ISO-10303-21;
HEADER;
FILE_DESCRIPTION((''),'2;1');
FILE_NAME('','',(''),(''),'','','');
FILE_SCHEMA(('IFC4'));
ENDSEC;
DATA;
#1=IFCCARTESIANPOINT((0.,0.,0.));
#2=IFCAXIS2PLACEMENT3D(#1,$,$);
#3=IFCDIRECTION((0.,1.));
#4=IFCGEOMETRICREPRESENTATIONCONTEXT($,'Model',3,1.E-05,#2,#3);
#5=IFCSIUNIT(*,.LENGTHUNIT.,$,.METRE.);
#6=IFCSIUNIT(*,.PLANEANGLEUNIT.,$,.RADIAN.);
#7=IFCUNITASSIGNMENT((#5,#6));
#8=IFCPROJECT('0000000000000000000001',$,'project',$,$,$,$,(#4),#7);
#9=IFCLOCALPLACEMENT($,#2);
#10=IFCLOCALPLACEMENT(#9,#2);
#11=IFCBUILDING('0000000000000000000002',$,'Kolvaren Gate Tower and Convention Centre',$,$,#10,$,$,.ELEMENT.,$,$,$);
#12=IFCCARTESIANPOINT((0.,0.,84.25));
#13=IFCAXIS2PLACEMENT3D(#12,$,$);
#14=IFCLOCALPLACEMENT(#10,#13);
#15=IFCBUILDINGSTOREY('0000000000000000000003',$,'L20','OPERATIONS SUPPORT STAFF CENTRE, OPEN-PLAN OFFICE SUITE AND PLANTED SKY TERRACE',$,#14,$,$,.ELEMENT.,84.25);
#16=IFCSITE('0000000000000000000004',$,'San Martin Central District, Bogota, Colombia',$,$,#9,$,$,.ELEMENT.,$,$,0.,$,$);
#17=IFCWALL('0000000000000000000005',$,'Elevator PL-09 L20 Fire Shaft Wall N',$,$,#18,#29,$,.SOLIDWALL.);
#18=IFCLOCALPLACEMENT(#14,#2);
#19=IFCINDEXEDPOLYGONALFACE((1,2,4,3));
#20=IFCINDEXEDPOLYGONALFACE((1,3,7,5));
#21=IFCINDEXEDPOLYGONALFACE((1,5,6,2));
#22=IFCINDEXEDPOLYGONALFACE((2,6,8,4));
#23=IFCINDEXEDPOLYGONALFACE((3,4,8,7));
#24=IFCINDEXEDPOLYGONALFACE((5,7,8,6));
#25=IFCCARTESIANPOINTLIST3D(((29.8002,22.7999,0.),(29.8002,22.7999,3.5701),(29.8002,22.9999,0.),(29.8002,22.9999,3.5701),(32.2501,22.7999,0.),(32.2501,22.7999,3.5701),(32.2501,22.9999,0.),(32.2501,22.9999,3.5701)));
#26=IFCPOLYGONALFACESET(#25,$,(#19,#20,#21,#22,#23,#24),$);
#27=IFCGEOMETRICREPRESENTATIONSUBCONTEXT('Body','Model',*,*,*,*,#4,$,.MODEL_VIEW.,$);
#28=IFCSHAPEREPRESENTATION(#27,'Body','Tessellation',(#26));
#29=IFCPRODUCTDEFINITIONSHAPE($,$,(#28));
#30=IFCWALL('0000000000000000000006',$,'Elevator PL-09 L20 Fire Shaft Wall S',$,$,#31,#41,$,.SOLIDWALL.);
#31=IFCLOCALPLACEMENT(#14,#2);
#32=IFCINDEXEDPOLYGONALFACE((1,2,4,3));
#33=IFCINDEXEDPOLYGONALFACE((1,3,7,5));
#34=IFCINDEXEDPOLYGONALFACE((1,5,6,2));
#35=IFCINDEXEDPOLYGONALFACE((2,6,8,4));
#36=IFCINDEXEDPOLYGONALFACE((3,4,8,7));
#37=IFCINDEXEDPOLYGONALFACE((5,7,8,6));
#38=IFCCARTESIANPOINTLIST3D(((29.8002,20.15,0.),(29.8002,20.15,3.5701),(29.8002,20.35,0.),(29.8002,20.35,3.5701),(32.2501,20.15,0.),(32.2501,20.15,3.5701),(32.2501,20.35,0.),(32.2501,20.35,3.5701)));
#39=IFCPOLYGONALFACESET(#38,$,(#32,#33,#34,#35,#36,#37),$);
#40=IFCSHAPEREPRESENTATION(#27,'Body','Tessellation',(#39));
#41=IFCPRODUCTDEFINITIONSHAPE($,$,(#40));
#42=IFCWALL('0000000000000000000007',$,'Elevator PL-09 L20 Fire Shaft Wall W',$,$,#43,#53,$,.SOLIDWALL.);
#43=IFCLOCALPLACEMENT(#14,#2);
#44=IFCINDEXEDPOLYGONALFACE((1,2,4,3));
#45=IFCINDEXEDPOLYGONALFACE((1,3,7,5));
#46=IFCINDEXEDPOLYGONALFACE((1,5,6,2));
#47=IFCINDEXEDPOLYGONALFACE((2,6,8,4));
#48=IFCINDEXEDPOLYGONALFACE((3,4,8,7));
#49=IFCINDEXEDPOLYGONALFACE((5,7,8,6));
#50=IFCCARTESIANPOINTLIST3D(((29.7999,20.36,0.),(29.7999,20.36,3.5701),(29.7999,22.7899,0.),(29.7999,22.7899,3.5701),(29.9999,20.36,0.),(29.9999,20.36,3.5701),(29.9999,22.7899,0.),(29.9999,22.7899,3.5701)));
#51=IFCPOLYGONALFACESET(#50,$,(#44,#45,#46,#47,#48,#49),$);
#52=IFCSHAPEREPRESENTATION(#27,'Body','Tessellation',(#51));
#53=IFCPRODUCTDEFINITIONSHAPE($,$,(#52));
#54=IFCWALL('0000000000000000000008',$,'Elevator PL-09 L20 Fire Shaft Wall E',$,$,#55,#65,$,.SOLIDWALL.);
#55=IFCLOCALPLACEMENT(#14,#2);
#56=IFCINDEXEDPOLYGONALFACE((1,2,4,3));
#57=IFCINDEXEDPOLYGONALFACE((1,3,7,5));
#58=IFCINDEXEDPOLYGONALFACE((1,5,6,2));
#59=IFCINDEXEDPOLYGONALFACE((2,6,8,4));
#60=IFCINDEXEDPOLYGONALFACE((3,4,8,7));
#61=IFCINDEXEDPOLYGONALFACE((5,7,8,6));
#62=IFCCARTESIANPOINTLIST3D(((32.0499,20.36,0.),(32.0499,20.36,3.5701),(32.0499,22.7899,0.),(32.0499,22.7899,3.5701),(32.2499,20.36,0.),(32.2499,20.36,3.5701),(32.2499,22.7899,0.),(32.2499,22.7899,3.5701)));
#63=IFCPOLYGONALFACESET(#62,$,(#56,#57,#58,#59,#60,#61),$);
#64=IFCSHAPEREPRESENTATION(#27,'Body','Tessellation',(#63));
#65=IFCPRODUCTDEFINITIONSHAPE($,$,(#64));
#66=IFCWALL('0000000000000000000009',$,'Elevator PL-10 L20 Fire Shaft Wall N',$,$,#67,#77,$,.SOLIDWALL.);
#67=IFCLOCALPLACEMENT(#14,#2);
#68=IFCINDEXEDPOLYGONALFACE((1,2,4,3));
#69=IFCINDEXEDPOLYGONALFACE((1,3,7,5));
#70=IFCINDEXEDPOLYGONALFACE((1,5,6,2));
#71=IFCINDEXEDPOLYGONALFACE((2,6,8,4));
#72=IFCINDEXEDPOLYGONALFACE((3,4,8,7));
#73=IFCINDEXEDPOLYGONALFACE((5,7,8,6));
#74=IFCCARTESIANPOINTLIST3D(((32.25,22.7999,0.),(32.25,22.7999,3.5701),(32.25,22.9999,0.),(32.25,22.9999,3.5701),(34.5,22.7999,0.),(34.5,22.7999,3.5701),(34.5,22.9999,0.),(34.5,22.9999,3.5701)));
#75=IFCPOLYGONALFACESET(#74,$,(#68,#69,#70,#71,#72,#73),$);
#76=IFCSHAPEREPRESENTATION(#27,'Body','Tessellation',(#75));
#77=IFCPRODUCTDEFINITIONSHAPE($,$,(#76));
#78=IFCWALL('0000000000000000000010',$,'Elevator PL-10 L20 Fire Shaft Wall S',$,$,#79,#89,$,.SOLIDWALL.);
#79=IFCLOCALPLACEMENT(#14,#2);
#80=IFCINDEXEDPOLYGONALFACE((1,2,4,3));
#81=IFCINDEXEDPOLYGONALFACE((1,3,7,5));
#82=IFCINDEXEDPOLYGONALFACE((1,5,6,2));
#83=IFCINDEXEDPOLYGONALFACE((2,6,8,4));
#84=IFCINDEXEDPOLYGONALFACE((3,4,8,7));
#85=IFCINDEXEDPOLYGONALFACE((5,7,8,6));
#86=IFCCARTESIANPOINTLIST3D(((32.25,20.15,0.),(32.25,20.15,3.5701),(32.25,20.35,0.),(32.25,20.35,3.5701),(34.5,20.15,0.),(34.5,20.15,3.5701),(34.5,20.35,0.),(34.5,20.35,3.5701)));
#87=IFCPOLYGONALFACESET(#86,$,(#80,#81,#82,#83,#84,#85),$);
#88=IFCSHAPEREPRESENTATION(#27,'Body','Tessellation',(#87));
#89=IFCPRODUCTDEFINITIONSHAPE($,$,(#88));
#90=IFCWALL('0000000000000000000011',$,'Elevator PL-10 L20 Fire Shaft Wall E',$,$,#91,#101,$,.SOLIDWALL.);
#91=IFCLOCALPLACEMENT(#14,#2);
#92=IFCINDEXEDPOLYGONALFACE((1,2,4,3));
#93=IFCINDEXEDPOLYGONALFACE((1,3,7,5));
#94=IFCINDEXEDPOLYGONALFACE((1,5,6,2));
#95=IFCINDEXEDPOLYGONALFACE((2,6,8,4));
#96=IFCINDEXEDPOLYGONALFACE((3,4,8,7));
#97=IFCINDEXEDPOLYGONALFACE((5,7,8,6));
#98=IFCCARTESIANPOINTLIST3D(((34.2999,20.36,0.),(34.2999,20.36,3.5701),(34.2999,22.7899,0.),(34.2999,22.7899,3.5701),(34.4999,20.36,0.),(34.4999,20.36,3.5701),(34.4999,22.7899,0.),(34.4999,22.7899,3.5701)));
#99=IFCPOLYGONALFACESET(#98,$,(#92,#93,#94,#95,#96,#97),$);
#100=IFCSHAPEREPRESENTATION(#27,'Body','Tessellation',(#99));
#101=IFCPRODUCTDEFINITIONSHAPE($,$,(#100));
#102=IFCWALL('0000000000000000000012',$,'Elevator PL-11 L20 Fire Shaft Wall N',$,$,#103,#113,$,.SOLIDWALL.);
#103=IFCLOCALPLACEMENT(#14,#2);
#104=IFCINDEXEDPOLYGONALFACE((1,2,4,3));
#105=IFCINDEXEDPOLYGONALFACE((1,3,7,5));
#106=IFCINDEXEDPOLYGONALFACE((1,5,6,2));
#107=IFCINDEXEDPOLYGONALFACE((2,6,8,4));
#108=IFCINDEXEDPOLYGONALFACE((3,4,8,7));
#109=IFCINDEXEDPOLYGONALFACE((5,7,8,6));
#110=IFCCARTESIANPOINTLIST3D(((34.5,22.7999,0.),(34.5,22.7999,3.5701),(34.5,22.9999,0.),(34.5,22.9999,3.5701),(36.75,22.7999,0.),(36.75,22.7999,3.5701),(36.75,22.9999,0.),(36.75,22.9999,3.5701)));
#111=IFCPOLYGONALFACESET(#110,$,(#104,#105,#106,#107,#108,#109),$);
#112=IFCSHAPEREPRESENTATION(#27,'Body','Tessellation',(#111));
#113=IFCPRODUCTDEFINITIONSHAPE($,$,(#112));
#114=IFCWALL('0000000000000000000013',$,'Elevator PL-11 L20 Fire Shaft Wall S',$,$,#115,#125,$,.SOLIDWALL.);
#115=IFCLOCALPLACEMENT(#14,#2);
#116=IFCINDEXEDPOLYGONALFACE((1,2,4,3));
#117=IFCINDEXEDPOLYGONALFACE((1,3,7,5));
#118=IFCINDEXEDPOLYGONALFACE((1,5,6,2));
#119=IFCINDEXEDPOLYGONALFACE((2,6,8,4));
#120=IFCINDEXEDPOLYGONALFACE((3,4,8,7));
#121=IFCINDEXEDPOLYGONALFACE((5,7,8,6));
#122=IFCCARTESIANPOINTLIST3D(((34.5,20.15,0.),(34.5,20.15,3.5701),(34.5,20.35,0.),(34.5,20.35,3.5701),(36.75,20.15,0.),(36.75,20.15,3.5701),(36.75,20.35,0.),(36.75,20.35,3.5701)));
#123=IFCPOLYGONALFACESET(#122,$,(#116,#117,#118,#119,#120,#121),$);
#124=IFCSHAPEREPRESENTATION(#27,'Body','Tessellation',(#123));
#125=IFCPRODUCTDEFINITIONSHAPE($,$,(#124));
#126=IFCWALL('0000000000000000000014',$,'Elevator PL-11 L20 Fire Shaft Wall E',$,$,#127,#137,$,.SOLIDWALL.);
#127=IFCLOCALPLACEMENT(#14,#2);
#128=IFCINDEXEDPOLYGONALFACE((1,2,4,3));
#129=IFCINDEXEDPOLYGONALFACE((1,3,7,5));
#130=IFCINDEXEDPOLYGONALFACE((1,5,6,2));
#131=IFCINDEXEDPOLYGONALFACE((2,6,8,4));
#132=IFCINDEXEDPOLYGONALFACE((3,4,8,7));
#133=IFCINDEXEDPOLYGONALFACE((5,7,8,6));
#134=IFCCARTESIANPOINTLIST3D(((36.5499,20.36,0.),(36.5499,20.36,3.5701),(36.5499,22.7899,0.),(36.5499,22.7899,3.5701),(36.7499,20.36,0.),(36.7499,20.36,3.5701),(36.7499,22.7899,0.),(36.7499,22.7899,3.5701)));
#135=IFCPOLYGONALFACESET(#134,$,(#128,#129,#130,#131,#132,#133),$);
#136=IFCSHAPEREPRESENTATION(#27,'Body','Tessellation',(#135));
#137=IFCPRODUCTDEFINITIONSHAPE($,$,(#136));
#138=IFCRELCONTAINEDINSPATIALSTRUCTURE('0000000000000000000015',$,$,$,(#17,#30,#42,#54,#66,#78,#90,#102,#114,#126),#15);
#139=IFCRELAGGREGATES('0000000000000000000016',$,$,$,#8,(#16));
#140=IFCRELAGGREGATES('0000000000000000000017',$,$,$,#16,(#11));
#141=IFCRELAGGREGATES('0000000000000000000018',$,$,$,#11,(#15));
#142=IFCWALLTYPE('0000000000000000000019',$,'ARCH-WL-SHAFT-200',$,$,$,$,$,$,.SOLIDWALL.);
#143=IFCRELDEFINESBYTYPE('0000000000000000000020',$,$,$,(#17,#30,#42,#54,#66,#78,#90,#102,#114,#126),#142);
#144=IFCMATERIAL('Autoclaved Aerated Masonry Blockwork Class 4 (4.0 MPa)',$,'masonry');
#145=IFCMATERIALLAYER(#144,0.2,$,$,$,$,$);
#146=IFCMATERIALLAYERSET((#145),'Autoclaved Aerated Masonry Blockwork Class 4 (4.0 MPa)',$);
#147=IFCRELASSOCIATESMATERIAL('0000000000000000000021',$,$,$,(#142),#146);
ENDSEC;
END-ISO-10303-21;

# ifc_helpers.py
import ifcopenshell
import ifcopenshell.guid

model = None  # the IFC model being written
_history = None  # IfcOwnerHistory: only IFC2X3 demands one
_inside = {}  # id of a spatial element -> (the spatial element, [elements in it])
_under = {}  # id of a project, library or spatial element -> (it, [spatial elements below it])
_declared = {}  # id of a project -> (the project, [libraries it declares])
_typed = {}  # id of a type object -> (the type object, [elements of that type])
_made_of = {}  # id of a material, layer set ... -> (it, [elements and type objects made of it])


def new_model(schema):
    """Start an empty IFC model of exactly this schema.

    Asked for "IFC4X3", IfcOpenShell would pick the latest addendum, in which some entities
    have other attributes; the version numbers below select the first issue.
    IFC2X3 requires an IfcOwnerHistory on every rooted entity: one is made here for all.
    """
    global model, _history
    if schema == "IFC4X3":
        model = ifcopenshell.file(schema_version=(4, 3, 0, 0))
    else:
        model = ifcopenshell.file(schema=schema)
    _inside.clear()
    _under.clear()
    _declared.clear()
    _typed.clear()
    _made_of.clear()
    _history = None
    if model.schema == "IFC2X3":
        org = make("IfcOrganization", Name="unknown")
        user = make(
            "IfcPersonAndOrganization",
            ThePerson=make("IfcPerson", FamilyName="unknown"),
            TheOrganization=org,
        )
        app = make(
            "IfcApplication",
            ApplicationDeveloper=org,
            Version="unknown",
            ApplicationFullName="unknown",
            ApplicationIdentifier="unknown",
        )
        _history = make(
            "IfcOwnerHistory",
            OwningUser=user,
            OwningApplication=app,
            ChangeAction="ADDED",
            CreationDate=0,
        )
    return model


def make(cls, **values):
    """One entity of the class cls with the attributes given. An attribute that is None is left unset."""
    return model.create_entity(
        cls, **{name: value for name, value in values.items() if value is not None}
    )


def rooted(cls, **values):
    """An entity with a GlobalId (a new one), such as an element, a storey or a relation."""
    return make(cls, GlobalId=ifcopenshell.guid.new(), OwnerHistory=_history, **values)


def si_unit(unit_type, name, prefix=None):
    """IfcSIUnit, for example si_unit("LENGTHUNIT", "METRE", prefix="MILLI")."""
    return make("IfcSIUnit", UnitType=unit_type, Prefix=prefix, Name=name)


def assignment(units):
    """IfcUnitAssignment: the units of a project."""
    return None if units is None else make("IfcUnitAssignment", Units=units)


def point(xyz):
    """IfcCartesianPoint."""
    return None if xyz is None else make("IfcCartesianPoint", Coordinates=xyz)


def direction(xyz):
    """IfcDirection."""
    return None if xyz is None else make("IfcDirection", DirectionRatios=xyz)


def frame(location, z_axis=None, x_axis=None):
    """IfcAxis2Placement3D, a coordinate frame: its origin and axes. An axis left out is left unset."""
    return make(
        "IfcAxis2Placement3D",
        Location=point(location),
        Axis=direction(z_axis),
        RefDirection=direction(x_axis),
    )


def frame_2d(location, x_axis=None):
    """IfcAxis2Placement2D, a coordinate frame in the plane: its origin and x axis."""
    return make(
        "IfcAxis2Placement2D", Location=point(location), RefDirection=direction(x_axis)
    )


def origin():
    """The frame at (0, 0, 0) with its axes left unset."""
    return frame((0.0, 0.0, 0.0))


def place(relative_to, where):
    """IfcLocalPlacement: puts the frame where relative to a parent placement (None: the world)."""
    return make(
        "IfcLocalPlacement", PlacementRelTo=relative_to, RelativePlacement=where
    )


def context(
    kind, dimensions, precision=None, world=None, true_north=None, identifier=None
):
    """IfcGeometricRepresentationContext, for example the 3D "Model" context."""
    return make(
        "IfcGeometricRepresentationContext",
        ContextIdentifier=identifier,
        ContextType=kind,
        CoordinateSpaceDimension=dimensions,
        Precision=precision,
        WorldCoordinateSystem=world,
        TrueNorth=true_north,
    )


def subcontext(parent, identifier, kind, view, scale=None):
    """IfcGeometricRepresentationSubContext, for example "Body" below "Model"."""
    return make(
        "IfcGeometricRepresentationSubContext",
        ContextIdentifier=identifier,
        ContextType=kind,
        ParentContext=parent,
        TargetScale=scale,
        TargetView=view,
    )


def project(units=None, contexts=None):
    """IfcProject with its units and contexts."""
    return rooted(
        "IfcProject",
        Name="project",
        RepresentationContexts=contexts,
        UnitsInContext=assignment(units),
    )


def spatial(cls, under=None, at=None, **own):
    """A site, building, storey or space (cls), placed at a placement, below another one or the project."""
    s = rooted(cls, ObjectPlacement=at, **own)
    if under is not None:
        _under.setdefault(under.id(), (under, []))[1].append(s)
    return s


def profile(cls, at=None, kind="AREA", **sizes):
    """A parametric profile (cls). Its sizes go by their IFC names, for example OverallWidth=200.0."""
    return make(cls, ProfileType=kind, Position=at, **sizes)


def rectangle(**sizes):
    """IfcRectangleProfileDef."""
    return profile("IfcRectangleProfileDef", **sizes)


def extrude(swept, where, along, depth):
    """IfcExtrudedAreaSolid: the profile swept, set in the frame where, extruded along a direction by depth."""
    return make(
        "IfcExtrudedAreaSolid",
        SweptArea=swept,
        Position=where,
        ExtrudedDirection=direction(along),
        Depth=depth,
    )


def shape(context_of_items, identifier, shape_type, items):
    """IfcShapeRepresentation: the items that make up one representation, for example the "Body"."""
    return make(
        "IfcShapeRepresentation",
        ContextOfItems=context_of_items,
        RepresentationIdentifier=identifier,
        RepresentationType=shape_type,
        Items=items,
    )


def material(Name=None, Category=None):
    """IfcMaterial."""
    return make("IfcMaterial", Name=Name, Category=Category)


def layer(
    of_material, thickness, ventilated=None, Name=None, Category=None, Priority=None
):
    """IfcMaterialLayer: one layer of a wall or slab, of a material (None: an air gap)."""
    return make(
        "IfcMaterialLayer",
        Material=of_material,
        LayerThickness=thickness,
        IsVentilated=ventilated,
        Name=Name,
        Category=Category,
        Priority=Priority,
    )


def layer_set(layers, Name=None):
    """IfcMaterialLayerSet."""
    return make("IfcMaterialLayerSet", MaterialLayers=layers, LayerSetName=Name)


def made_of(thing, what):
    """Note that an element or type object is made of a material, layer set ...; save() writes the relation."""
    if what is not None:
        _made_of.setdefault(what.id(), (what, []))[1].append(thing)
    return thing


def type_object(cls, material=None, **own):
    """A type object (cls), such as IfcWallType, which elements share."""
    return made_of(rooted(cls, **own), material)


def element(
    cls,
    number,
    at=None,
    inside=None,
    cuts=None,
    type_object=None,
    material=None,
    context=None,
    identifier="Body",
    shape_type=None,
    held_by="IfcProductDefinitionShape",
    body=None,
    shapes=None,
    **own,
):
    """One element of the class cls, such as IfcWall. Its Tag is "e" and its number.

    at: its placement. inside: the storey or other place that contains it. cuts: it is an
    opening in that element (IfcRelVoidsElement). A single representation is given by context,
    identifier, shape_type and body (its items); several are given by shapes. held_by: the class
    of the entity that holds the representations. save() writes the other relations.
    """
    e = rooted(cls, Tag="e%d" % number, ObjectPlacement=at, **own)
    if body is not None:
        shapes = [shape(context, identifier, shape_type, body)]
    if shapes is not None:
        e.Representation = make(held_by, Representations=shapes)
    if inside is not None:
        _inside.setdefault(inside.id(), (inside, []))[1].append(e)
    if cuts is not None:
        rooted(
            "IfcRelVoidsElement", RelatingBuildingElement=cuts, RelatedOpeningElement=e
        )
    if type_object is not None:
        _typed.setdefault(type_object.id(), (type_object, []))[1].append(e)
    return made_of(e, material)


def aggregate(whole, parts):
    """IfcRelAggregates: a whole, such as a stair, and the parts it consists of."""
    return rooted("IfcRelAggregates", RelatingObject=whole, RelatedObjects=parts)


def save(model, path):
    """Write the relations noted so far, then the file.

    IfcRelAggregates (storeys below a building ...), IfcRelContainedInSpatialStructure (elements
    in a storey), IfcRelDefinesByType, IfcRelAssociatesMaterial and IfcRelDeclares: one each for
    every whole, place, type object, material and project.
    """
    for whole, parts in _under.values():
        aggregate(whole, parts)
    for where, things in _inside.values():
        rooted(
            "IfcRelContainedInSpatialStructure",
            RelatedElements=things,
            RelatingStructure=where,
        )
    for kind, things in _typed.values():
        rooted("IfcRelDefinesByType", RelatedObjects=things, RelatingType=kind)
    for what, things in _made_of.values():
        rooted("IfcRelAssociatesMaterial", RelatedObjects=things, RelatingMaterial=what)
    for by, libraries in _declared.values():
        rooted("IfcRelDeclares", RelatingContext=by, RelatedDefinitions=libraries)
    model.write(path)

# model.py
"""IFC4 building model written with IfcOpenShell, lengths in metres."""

from ifc_helpers import new_model, si_unit, direction, frame, frame_2d, origin, place, context, subcontext, project, spatial, rectangle, extrude, material, layer, layer_set, type_object, element, save


model = new_model("IFC4")

# Units and contexts
model_context = context("Model", 3, precision=1e-05, world=origin(), true_north=direction((0.0, 1.0)))
body_context = subcontext(model_context, "Body", "Model", "MODEL_VIEW")
ifc_project = project(units=[si_unit("LENGTHUNIT", "METRE"), si_unit("PLANEANGLEUNIT", "RADIAN")], contexts=[model_context])

# Site, building, storey
site_placement = place(None, origin())
site = spatial("IfcSite", under=ifc_project, at=site_placement, Name="San Martin Central District, Bogota, Colombia", CompositionType="ELEMENT", RefElevation=0.0)
building_placement = place(site_placement, origin())
building = spatial("IfcBuilding", under=site, at=building_placement, Name="Kolvaren Gate Tower and Convention Centre", CompositionType="ELEMENT")
storey_placement = place(building_placement, frame((0.0, 0.0, 84.25)))
storey = spatial("IfcBuildingStorey", under=building, at=storey_placement, Name="L20", Description="OPERATIONS SUPPORT STAFF CENTRE, OPEN-PLAN OFFICE SUITE AND PLANTED SKY TERRACE", CompositionType="ELEMENT", Elevation=84.25)

# Shared definitions
ifc_material_1 = material(Name="Autoclaved Aerated Masonry Blockwork Class 4 (4.0 MPa)", Category="masonry")

# Walls
ifc_layer_1 = layer(ifc_material_1, 0.2)
ifc_layer_set_1 = layer_set([ifc_layer_1], Name="Autoclaved Aerated Masonry Blockwork Class 4 (4.0 MPa)")
wall_type_1 = type_object("IfcWallType", Name="ARCH-WL-SHAFT-200", PredefinedType="SOLIDWALL", material=ifc_layer_set_1)
for number, where, z_axis, x_axis, name in (
    (1, (29.8, 22.8999, 0.0), (0.0, 0.0, 1.0), (1.0, 0.0, 0.0), "Elevator PL-09 L20 Fire Shaft Wall N"),
    (2, (29.8, 20.25, 0.0), (0.0, 0.0, 1.0), (1.0, 0.0, 0.0), "Elevator PL-09 L20 Fire Shaft Wall S"),
):
    element("IfcWall", number, at=place(storey_placement, frame(where, z_axis=z_axis, x_axis=x_axis)), inside=storey, type_object=wall_type_1, Name=name, PredefinedType="SOLIDWALL", context=body_context, shape_type="SweptSolid", body=[
        extrude(rectangle(XDim=2.45, YDim=0.2, at=frame_2d((1.2251, 0.0))), origin(), (0.0, 0.0, 1.0), 3.5701),
    ])
for number, where, z_axis, x_axis, name in (
    (3, (29.8999, 20.3601, 0.0), (0.0, 0.0, 1.0), (0.0, 1.0, 0.0), "Elevator PL-09 L20 Fire Shaft Wall W"),
    (4, (32.1499, 20.3601, 0.0), (0.0, 0.0, 1.0), (0.0, 1.0, 0.0), "Elevator PL-09 L20 Fire Shaft Wall E"),
):
    element("IfcWall", number, at=place(storey_placement, frame(where, z_axis=z_axis, x_axis=x_axis)), inside=storey, type_object=wall_type_1, Name=name, PredefinedType="SOLIDWALL", context=body_context, shape_type="SweptSolid", body=[
        extrude(rectangle(XDim=2.4299, YDim=0.2, at=frame_2d((1.2148, 0.0))), origin(), (0.0, 0.0, 1.0), 3.5701),
    ])
for number, where, z_axis, x_axis, name in (
    (5, (32.25, 22.8999, 0.0), (0.0, 0.0, 1.0), (1.0, 0.0, 0.0), "Elevator PL-10 L20 Fire Shaft Wall N"),
    (6, (32.25, 20.25, 0.0), (0.0, 0.0, 1.0), (1.0, 0.0, 0.0), "Elevator PL-10 L20 Fire Shaft Wall S"),
):
    element("IfcWall", number, at=place(storey_placement, frame(where, z_axis=z_axis, x_axis=x_axis)), inside=storey, type_object=wall_type_1, Name=name, PredefinedType="SOLIDWALL", context=body_context, shape_type="SweptSolid", body=[
        extrude(rectangle(XDim=2.25, YDim=0.2, at=frame_2d((1.125, 0.0))), origin(), (0.0, 0.0, 1.0), 3.5701),
    ])
wall_1_placement = place(storey_placement, frame((34.3999, 20.3601, 0.0), z_axis=(0.0, 0.0, 1.0), x_axis=(0.0, 1.0, 0.0)))
element("IfcWall", 7, at=wall_1_placement, inside=storey, type_object=wall_type_1, Name="Elevator PL-10 L20 Fire Shaft Wall E", PredefinedType="SOLIDWALL", context=body_context, shape_type="SweptSolid", body=[
    extrude(rectangle(XDim=2.4299, YDim=0.2, at=frame_2d((1.2148, 0.0))), origin(), (0.0, 0.0, 1.0), 3.5701),
])
for number, where, z_axis, x_axis, name in (
    (8, (34.5, 22.8999, 0.0), (0.0, 0.0, 1.0), (1.0, 0.0, 0.0), "Elevator PL-11 L20 Fire Shaft Wall N"),
    (9, (34.5, 20.25, 0.0), (0.0, 0.0, 1.0), (1.0, 0.0, 0.0), "Elevator PL-11 L20 Fire Shaft Wall S"),
):
    element("IfcWall", number, at=place(storey_placement, frame(where, z_axis=z_axis, x_axis=x_axis)), inside=storey, type_object=wall_type_1, Name=name, PredefinedType="SOLIDWALL", context=body_context, shape_type="SweptSolid", body=[
        extrude(rectangle(XDim=2.25, YDim=0.2, at=frame_2d((1.125, 0.0))), origin(), (0.0, 0.0, 1.0), 3.5701),
    ])
wall_2_placement = place(storey_placement, frame((36.6499, 20.3601, 0.0), z_axis=(0.0, 0.0, 1.0), x_axis=(0.0, 1.0, 0.0)))
element("IfcWall", 10, at=wall_2_placement, inside=storey, type_object=wall_type_1, Name="Elevator PL-11 L20 Fire Shaft Wall E", PredefinedType="SOLIDWALL", context=body_context, shape_type="SweptSolid", body=[
    extrude(rectangle(XDim=2.4299, YDim=0.2, at=frame_2d((1.2148, 0.0))), origin(), (0.0, 0.0, 1.0), 3.5701),
])

save(model, "model.ifc")
